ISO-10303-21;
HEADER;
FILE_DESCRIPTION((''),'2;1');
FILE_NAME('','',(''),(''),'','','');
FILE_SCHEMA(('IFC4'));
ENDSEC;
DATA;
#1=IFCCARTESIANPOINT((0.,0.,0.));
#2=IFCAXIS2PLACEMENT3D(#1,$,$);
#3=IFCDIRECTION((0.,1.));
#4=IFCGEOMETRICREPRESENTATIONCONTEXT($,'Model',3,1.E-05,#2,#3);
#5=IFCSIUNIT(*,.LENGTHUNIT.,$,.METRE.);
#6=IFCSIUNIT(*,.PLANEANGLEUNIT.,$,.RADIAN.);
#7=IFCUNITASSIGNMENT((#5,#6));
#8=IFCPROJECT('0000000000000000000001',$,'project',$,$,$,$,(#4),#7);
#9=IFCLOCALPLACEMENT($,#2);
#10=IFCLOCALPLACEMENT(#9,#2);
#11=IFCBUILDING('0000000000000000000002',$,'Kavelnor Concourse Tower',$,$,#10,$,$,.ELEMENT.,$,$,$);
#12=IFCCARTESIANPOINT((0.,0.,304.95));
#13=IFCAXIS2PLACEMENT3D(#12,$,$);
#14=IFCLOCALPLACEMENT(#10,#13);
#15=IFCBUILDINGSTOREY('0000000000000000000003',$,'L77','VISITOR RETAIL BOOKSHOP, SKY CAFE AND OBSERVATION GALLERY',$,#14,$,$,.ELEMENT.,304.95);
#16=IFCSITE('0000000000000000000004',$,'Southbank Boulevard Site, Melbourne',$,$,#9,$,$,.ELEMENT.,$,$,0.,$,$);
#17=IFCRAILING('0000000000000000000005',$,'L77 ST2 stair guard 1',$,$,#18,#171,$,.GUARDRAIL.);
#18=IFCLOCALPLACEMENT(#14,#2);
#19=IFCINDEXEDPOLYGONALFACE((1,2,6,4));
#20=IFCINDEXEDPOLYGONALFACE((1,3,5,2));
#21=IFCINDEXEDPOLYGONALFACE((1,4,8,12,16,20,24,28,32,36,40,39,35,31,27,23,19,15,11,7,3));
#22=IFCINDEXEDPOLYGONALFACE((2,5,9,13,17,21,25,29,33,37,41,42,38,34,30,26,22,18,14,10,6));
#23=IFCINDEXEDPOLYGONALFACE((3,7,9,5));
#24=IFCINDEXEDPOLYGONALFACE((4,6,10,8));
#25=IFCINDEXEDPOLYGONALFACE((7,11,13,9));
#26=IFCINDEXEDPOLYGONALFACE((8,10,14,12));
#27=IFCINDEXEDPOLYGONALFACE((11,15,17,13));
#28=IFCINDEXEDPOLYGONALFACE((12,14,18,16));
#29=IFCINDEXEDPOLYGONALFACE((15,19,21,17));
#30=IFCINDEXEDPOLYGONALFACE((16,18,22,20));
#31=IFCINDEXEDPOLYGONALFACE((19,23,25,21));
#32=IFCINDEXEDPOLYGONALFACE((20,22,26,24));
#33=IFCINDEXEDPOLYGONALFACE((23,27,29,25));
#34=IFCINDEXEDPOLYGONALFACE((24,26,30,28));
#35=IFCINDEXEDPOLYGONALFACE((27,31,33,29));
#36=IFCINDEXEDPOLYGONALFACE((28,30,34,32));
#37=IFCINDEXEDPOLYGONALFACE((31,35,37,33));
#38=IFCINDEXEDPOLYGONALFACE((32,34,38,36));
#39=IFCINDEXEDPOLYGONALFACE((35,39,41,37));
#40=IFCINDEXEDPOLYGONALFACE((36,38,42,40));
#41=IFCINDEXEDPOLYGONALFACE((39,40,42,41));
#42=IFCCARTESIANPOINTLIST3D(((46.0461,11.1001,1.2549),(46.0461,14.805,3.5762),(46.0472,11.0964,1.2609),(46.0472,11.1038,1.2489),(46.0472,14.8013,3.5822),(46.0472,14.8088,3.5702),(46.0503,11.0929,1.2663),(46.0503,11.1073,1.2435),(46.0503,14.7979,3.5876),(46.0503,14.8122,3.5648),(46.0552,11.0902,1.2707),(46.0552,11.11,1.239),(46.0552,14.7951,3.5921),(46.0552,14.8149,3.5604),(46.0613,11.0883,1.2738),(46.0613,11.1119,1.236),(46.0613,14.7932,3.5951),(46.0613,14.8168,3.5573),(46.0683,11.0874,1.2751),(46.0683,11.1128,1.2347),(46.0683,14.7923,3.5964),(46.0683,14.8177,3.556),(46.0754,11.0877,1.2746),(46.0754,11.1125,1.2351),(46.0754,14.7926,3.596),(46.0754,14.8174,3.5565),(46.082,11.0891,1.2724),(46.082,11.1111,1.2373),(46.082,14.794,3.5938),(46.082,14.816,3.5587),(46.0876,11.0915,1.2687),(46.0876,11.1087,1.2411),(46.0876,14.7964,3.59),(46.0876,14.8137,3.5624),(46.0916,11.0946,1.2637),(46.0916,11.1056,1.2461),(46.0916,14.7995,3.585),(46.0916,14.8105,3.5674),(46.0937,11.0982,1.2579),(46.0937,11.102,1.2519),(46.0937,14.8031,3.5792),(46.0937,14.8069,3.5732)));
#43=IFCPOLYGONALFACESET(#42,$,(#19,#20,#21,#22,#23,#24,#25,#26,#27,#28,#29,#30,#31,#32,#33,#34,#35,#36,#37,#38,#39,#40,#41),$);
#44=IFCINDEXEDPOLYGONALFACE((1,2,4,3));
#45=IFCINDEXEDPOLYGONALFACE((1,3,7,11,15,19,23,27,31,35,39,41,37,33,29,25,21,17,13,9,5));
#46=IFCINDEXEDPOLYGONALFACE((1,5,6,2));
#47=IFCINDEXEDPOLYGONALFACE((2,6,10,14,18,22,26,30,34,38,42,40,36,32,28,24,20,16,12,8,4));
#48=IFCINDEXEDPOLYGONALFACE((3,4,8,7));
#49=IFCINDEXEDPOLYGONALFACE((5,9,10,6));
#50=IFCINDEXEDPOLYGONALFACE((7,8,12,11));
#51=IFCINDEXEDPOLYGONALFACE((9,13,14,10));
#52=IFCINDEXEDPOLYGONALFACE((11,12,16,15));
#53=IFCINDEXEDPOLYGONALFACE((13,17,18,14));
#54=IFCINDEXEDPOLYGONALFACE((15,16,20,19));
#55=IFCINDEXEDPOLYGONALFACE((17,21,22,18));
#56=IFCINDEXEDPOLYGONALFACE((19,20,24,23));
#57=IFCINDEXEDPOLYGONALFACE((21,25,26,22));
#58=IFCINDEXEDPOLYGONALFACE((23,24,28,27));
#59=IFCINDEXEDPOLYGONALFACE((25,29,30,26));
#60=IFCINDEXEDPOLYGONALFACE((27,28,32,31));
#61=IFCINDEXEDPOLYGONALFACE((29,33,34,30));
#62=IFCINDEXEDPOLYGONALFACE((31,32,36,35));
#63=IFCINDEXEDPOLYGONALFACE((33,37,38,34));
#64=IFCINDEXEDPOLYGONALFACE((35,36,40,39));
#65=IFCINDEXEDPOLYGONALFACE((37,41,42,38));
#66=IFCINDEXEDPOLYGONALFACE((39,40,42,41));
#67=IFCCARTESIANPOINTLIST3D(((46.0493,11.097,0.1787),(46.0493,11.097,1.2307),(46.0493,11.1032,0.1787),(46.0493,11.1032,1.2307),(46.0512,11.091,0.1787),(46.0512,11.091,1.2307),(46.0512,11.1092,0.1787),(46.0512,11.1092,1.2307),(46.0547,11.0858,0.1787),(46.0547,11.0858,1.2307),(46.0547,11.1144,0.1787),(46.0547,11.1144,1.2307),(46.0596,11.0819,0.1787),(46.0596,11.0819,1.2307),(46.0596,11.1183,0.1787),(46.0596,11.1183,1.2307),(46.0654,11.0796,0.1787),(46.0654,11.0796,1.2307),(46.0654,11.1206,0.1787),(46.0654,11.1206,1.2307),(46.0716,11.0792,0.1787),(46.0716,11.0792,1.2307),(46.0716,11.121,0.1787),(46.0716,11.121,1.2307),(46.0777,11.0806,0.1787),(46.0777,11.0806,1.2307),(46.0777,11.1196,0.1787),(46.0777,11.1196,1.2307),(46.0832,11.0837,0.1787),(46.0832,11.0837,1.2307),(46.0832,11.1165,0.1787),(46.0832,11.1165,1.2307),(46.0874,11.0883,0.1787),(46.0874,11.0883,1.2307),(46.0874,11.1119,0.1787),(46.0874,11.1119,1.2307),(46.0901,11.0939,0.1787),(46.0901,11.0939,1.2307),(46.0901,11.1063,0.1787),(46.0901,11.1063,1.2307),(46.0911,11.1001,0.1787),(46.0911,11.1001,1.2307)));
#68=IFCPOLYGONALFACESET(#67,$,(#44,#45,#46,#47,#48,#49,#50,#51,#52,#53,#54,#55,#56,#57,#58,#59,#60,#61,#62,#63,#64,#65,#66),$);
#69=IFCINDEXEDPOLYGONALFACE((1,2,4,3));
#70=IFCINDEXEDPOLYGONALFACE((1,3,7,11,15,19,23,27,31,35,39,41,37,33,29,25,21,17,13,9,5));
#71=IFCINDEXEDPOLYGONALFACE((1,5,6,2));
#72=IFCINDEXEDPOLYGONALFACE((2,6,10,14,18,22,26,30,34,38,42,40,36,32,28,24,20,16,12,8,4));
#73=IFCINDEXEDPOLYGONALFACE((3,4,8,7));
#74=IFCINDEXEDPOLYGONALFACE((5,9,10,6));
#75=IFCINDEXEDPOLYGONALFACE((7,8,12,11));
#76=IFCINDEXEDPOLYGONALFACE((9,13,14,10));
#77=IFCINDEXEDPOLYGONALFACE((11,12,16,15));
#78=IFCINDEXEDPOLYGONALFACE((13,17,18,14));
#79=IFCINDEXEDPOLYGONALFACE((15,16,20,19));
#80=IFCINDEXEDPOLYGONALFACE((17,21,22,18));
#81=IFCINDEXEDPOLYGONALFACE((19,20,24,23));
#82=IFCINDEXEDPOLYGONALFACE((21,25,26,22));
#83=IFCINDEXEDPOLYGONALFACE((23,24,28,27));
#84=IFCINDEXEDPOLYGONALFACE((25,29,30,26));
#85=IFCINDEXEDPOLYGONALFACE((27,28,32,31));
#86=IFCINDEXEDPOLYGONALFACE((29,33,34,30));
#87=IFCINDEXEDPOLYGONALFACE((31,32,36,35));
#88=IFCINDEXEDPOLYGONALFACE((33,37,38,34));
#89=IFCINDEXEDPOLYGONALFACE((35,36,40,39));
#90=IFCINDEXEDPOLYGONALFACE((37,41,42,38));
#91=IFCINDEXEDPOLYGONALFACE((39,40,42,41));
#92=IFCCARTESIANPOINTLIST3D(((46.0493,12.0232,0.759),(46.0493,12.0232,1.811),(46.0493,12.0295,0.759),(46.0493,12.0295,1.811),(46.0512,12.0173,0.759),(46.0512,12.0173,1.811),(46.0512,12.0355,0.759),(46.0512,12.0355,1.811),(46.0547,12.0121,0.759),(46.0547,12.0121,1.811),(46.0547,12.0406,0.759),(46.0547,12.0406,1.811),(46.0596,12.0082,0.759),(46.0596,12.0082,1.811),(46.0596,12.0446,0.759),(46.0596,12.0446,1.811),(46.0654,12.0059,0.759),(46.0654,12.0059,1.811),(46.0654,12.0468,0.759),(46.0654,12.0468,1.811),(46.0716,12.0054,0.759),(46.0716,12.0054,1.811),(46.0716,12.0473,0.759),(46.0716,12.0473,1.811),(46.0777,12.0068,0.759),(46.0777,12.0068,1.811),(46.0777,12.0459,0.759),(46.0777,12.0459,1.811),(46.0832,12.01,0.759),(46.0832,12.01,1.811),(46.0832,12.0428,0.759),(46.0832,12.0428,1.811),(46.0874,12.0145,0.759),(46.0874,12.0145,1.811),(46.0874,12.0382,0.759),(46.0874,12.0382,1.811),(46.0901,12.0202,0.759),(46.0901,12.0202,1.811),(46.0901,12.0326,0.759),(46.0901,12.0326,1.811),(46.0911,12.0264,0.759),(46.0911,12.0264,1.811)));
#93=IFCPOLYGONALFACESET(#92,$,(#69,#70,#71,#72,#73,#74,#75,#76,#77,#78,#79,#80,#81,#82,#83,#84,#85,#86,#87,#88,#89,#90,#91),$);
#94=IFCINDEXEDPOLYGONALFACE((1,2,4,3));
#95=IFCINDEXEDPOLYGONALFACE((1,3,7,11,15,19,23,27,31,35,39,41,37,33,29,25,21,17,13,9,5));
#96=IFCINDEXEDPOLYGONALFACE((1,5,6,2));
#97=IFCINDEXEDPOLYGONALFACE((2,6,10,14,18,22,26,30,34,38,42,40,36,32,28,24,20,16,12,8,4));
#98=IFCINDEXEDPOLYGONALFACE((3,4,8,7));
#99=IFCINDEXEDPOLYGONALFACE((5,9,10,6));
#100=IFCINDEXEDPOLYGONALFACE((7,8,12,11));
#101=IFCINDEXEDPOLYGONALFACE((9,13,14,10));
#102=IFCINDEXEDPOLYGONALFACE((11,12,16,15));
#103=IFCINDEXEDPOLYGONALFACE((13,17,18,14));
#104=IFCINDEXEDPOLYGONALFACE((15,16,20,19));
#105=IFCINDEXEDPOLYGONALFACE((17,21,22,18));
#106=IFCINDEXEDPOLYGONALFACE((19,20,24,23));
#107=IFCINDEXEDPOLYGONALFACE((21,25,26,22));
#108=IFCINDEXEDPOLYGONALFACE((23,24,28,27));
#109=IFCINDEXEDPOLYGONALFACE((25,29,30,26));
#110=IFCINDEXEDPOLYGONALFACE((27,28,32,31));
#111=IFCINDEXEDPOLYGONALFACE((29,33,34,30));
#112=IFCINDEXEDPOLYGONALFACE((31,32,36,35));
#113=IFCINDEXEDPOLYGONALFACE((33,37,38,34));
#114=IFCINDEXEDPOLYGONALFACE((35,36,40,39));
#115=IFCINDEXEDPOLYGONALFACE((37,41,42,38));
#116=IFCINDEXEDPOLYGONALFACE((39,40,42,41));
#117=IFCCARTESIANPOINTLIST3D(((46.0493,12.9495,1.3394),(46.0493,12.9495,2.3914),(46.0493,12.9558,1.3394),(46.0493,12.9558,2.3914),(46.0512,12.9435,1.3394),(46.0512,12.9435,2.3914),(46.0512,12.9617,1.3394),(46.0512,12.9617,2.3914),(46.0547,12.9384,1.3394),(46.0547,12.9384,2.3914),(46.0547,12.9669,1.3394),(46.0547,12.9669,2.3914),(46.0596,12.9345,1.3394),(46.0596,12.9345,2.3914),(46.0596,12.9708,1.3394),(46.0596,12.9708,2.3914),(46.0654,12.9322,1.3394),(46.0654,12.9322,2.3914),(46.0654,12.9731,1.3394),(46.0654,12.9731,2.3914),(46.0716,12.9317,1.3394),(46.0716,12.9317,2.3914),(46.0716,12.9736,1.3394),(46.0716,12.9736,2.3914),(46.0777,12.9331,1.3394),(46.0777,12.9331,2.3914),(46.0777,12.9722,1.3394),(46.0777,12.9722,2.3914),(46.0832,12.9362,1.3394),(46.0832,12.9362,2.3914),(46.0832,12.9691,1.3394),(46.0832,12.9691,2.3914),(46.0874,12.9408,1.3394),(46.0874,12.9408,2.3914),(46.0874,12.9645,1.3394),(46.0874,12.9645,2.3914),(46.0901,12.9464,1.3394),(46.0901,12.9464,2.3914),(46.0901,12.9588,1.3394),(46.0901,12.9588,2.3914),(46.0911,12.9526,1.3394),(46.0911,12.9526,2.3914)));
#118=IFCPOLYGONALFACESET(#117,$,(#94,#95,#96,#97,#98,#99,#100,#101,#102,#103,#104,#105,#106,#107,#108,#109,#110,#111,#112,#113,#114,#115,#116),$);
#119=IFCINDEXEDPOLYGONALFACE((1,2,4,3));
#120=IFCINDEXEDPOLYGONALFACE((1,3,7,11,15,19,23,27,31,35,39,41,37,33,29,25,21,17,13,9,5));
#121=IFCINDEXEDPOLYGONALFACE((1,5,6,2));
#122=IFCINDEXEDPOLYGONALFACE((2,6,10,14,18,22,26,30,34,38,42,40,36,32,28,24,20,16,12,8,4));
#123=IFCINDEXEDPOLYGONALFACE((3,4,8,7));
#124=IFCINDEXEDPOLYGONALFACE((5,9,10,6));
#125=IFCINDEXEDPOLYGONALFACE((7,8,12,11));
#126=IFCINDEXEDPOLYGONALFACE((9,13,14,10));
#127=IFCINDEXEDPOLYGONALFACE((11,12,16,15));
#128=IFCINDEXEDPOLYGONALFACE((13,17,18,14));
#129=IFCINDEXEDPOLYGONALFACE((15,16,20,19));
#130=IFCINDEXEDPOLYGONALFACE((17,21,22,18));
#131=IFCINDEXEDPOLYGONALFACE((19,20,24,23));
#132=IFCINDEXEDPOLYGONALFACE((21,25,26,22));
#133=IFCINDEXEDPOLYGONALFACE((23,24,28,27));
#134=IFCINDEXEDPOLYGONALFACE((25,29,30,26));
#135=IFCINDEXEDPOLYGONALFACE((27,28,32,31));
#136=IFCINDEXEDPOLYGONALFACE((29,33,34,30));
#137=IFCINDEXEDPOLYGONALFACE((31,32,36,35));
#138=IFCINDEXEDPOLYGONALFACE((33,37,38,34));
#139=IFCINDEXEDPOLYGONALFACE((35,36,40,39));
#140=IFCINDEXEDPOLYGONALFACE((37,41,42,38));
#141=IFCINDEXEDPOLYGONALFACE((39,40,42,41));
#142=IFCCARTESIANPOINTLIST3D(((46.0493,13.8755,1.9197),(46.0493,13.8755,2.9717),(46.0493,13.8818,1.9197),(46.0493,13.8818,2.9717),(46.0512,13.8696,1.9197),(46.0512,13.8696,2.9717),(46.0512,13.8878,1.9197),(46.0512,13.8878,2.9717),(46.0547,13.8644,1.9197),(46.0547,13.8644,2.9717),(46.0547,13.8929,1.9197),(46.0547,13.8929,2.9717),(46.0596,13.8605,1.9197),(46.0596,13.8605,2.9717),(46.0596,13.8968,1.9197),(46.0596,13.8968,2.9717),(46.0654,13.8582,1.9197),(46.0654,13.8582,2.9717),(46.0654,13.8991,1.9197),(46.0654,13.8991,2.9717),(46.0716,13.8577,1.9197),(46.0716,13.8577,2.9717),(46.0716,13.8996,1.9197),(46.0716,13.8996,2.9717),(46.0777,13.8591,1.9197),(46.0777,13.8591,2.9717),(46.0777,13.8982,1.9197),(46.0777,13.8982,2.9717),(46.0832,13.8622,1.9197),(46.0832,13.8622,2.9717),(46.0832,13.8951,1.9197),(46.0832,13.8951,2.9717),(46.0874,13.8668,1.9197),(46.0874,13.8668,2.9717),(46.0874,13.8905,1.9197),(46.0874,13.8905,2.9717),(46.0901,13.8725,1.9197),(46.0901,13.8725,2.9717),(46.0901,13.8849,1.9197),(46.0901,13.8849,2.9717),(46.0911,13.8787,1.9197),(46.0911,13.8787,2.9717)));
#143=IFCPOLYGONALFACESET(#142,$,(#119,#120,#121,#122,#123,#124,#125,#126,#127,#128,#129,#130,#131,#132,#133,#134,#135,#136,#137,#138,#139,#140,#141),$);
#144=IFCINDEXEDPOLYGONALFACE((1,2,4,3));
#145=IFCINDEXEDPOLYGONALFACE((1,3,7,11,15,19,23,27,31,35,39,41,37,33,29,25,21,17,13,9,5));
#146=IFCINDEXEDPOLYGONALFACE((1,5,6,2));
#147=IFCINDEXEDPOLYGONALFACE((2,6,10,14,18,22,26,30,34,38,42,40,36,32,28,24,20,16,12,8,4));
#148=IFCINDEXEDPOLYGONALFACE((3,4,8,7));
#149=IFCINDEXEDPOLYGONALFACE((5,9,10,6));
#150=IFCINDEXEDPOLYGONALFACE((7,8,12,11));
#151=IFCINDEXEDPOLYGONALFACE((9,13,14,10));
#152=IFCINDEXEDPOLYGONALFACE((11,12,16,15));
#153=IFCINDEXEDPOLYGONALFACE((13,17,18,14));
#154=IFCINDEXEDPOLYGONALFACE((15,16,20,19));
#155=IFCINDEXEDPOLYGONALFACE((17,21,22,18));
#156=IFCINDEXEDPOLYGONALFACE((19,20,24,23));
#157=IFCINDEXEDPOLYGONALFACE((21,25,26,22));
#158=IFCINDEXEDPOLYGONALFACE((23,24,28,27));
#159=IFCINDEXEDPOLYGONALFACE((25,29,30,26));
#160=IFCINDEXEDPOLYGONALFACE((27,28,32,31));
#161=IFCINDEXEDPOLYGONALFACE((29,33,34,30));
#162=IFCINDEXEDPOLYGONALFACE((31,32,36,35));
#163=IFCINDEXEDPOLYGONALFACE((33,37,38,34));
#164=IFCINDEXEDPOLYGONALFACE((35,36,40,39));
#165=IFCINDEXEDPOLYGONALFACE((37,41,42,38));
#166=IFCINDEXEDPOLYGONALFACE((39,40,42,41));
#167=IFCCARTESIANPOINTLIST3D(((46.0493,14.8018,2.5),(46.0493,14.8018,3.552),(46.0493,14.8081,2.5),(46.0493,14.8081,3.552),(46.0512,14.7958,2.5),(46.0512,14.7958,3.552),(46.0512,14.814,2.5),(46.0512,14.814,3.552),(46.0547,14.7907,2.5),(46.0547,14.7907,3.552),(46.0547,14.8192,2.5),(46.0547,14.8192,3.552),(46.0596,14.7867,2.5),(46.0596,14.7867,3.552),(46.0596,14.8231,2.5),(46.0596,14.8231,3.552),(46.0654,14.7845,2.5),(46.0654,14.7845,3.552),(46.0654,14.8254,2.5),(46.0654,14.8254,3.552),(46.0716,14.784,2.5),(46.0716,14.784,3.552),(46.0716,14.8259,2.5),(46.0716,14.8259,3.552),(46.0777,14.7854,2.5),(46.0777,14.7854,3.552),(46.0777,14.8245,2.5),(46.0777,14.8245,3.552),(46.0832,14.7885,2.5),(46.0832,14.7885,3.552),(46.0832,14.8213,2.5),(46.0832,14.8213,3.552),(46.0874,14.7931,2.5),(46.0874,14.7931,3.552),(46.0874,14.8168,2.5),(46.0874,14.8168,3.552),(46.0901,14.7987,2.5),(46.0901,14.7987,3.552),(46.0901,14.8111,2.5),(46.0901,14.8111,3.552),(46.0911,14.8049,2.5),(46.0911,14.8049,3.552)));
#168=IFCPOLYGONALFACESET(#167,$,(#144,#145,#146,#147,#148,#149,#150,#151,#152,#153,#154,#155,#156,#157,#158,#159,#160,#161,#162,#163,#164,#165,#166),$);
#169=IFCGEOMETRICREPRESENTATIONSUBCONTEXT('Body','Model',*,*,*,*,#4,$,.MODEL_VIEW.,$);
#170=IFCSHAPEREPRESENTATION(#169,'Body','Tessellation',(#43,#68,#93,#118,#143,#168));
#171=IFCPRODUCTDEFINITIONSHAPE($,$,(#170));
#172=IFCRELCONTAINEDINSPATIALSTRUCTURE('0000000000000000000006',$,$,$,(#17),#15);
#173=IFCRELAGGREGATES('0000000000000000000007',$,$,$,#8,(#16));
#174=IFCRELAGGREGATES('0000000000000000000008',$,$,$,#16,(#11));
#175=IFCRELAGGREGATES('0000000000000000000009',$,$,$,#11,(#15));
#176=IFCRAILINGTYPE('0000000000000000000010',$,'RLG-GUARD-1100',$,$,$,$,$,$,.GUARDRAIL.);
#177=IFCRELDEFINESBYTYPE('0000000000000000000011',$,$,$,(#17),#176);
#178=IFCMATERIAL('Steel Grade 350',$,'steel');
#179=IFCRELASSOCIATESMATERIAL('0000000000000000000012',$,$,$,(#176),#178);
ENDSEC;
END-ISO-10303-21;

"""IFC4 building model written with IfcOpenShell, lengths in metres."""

from ifc_helpers import new_model, si_unit, direction, frame, origin, origin_2d, place, context, subcontext, project, spatial, circle, extrude, material, type_object, element, save


model = new_model("IFC4")

# Units and contexts
model_context = context("Model", 3, precision=1e-05, world=origin(), true_north=direction((0.0, 1.0)))
body_context = subcontext(model_context, "Body", "Model", "MODEL_VIEW")
ifc_project = project(units=[si_unit("LENGTHUNIT", "METRE"), si_unit("PLANEANGLEUNIT", "RADIAN")], contexts=[model_context])

# Site, building, storey
site_placement = place(None, origin())
site = spatial("IfcSite", under=ifc_project, at=site_placement, Name="Southbank Boulevard Site, Melbourne", CompositionType="ELEMENT", RefElevation=0.0)
building_placement = place(site_placement, origin())
building = spatial("IfcBuilding", under=site, at=building_placement, Name="Kavelnor Concourse Tower", CompositionType="ELEMENT")
storey_placement = place(building_placement, frame((0.0, 0.0, 304.95)))
storey = spatial("IfcBuildingStorey", under=building, at=storey_placement, Name="L77", Description="VISITOR RETAIL BOOKSHOP, SKY CAFE AND OBSERVATION GALLERY", CompositionType="ELEMENT", Elevation=304.95)

# Shared definitions
ifc_material_1 = material(Name="Steel Grade 350", Category="steel")

# Railing
railing_type_1 = type_object("IfcRailingType", Name="RLG-GUARD-1100", PredefinedType="GUARDRAIL", material=ifc_material_1)
railing_1_placement = place(storey_placement, frame((46.0701, 11.1001, 0.1787)))
element("IfcRailing", 1, at=railing_1_placement, inside=storey, type_object=railing_type_1, Name="L77 ST2 stair guard 1", PredefinedType="GUARDRAIL", context=body_context, shape_type="SweptSolid", body=[
    extrude(circle(Radius=0.0239, at=origin_2d()), frame((0.0, 0.0, 1.0762), z_axis=(0.0, 0.847405, 0.530947), x_axis=(-1.0, 0.0, 0.0)), (0.0, 0.0, 1.0), 4.3721),
    extrude(circle(Radius=0.021, at=origin_2d()), origin(), (0.0, 0.0, 1.0), 1.052),
    extrude(circle(Radius=0.021, at=origin_2d()), frame((0.0, 0.9263, 0.5803)), (0.0, 0.0, 1.0), 1.052),
    extrude(circle(Radius=0.021, at=origin_2d()), frame((0.0, 1.8525, 1.1606)), (0.0, 0.0, 1.0), 1.052),
    extrude(circle(Radius=0.021, at=origin_2d()), frame((0.0, 2.7786, 1.741)), (0.0, 0.0, 1.0), 1.052),
    extrude(circle(Radius=0.021, at=origin_2d()), frame((0.0, 3.7048, 2.3213)), (0.0, 0.0, 1.0), 1.052),
])

save(model, "model.ifc")
